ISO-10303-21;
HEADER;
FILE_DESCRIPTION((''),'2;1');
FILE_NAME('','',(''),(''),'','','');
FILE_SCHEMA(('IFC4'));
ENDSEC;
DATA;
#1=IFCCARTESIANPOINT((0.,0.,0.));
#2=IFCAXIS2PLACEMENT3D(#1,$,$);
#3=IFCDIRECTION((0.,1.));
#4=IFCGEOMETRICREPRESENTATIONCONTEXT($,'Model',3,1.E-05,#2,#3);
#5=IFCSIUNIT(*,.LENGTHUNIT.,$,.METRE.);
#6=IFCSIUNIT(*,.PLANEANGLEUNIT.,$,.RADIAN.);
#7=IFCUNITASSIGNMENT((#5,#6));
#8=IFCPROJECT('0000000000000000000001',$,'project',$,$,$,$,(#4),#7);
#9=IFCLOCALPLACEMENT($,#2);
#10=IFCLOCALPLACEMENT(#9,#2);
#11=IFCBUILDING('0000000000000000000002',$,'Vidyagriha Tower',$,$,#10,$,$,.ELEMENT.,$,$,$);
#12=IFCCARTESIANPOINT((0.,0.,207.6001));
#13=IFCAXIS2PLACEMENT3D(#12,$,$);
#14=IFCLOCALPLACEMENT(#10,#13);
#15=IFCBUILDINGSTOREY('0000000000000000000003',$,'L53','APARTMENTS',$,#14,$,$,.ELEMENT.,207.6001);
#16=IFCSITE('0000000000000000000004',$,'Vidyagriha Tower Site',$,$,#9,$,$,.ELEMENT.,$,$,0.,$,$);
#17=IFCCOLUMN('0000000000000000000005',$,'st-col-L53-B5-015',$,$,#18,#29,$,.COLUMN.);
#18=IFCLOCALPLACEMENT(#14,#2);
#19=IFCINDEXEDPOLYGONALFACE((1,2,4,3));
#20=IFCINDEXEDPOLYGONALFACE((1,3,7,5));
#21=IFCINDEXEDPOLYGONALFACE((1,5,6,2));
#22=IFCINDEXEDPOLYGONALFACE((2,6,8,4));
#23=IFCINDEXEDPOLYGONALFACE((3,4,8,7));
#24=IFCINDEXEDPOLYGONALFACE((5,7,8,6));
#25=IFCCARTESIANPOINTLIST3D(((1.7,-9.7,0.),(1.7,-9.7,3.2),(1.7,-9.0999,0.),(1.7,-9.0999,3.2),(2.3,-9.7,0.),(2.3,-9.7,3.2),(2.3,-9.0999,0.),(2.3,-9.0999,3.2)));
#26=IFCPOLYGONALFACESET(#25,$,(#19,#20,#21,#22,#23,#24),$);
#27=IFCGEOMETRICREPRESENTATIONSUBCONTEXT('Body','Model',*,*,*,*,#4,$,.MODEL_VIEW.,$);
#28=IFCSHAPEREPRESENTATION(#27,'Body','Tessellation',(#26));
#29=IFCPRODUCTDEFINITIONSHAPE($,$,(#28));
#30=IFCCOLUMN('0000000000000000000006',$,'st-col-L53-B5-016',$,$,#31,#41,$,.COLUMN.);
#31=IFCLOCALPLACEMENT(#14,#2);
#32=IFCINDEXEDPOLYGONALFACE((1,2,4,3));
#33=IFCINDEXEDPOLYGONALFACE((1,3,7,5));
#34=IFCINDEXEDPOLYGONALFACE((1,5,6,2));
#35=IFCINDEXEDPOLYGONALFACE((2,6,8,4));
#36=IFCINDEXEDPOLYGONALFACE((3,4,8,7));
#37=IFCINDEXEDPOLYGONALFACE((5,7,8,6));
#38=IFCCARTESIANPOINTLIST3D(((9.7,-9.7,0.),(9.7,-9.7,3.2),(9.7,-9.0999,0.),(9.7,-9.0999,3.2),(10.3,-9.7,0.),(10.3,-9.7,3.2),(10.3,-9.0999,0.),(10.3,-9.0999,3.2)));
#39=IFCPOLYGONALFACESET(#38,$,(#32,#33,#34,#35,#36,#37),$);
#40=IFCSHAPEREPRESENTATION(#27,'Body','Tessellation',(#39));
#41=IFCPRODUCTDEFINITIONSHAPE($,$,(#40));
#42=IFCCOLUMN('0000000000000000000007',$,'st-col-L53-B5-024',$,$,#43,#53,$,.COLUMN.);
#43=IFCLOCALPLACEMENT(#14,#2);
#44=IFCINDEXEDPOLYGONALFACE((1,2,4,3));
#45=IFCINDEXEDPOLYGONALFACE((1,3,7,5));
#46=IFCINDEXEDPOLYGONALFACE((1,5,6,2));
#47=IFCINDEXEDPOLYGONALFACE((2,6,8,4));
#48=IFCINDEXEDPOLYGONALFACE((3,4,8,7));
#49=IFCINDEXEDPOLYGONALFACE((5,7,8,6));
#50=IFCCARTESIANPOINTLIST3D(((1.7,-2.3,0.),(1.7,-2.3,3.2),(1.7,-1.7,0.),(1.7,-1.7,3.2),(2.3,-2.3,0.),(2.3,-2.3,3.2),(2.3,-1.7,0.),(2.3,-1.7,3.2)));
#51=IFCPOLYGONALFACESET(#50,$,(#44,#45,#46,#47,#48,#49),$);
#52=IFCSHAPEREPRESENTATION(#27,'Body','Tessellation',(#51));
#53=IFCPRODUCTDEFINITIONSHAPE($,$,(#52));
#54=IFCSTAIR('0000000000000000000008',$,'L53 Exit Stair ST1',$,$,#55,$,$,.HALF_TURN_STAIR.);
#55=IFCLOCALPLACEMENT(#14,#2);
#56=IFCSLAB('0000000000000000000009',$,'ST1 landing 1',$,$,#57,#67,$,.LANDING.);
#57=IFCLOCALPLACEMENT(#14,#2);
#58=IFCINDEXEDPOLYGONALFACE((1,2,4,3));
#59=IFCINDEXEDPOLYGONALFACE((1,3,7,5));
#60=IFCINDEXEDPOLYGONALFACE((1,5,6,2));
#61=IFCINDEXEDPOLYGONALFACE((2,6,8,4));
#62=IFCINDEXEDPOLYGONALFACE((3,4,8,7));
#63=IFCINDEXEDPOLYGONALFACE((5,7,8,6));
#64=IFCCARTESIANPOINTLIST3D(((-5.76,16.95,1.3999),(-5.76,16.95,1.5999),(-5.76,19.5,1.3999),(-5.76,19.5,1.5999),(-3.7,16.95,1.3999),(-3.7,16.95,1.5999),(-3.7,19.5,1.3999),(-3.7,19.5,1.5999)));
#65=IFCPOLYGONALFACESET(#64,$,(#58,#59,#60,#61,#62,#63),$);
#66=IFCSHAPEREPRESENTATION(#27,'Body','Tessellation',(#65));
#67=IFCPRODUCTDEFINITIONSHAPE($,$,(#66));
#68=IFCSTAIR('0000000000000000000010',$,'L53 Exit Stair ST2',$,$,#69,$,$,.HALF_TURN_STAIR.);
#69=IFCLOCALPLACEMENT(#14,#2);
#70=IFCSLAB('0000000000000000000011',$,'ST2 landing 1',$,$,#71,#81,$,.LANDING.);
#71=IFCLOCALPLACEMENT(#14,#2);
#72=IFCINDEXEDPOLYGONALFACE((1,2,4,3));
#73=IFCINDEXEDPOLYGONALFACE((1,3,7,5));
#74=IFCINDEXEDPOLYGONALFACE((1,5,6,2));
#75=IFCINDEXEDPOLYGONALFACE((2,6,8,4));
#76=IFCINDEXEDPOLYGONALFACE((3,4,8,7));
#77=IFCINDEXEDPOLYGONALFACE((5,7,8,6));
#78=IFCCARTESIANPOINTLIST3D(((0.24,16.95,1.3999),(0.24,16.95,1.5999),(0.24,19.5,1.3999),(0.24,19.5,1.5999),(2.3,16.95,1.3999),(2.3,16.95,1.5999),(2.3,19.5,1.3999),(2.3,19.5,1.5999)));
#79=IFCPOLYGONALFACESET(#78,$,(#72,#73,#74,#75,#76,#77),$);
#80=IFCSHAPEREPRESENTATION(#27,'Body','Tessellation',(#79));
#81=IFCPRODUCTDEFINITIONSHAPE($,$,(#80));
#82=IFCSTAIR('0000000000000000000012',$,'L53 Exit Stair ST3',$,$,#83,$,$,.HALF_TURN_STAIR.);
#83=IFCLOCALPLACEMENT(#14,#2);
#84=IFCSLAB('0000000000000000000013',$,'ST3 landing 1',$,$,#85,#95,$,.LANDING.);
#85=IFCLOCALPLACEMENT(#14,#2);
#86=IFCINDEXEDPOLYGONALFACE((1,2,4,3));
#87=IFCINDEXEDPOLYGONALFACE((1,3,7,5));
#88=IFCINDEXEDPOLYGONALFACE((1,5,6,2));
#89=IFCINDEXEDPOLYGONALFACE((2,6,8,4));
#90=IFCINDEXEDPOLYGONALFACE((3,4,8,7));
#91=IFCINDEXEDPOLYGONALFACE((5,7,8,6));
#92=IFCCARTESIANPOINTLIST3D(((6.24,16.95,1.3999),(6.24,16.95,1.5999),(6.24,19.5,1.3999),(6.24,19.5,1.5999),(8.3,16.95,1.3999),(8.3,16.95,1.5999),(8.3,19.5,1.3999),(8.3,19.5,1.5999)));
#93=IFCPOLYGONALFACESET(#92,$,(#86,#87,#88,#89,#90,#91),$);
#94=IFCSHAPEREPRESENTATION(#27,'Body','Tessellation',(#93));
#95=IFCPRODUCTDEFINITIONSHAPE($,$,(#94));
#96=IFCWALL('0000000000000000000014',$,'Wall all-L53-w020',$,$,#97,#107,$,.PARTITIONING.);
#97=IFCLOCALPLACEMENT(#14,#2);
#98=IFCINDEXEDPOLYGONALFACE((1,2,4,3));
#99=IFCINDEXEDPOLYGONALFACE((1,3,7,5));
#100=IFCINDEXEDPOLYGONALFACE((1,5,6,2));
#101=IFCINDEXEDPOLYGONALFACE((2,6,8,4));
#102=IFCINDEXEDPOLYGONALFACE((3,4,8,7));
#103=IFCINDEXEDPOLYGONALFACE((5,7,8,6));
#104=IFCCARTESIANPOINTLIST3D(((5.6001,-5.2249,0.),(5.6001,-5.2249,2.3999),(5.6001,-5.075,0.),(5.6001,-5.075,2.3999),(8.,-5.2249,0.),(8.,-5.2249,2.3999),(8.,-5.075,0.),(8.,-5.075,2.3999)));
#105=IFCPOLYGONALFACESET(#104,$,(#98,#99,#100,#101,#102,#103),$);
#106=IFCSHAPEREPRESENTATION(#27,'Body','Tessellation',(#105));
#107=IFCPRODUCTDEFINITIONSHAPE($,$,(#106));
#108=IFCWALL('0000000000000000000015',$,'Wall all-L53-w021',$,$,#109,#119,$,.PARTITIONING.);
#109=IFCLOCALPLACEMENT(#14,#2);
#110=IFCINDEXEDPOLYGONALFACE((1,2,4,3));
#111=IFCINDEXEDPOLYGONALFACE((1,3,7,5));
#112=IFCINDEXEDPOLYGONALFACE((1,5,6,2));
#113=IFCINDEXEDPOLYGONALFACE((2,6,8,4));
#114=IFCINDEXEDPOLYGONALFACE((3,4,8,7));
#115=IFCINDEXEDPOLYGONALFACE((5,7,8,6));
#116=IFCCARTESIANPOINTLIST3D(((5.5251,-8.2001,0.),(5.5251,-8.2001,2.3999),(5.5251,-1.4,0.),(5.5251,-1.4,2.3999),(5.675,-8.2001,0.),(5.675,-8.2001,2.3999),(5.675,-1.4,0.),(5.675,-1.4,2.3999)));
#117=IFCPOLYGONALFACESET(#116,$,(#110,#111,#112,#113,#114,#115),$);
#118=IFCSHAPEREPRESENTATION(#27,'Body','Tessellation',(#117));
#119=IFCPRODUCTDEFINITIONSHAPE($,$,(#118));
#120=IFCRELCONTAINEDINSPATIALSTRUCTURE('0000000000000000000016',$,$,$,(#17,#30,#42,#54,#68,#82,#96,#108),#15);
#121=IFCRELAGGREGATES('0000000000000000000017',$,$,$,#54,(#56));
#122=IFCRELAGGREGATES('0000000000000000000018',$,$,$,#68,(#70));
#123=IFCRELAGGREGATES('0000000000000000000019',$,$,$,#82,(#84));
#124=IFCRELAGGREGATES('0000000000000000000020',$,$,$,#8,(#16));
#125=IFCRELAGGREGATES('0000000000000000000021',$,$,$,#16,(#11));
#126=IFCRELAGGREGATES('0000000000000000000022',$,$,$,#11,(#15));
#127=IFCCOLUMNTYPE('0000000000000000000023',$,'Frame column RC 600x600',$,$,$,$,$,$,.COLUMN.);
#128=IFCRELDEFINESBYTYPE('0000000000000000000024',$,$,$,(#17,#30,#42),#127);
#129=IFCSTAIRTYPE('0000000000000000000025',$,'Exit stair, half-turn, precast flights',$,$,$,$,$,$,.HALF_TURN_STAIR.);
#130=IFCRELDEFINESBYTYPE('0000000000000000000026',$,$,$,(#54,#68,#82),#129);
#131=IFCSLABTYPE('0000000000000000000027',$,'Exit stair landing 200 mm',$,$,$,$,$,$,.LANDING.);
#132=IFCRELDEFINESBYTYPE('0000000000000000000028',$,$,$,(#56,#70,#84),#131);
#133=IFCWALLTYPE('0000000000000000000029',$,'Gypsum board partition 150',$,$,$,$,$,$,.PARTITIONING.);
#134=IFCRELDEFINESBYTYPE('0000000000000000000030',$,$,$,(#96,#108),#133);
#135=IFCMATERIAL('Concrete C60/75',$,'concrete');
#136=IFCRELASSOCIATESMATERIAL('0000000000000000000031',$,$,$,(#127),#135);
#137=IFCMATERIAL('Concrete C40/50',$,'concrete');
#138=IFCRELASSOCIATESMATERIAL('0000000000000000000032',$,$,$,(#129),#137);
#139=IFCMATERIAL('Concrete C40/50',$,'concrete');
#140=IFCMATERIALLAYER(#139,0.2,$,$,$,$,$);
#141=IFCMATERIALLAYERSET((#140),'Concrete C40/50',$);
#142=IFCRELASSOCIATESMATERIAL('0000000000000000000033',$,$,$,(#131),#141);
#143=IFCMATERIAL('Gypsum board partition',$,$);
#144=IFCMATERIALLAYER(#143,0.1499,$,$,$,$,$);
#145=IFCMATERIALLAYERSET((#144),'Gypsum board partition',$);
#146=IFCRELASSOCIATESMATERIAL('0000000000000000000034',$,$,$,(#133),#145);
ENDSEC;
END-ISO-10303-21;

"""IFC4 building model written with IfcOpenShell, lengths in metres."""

from ifc_helpers import new_model, si_unit, direction, frame, frame_2d, origin, origin_2d, place, context, subcontext, project, spatial, polyline, rectangle, outline, extrude, material, layer, layer_set, material_profile, profile_set, type_object, element, aggregate, save


model = new_model("IFC4")

# Units and contexts
model_context = context("Model", 3, precision=1e-05, world=origin(), true_north=direction((0.0, 1.0)))
body_context = subcontext(model_context, "Body", "Model", "MODEL_VIEW")
ifc_project = project(units=[si_unit("LENGTHUNIT", "METRE"), si_unit("PLANEANGLEUNIT", "RADIAN")], contexts=[model_context])

# Site, building, storey
site_placement = place(None, origin())
site = spatial("IfcSite", under=ifc_project, at=site_placement, Name="Vidyagriha Tower Site", CompositionType="ELEMENT", RefElevation=0.0)
building_placement = place(site_placement, origin())
building = spatial("IfcBuilding", under=site, at=building_placement, Name="Vidyagriha Tower", CompositionType="ELEMENT")
storey_placement = place(building_placement, frame((0.0, 0.0, 207.6001)))
storey = spatial("IfcBuildingStorey", under=building, at=storey_placement, Name="L53", Description="APARTMENTS", CompositionType="ELEMENT", Elevation=207.6001)

# Columns
ifc_material_1 = material(Name="Concrete C60/75", Category="concrete")
ifc_material_profile = material_profile(ifc_material_1, rectangle(XDim=0.6001, YDim=0.6001, at=origin_2d()), Name="RC 600x600")
ifc_profile_set = profile_set([ifc_material_profile], Name="Concrete C60/75")
column_type = type_object("IfcColumnType", Name="Frame column RC 600x600", PredefinedType="COLUMN", material=ifc_profile_set)
for number, where, name in (
    (1, (2.0, -9.3999, 0.0), "st-col-L53-B5-015"),
    (2, (10.0, -9.3999, 0.0), "st-col-L53-B5-016"),
    (3, (2.0, -2.0, 0.0), "st-col-L53-B5-024"),
):
    element("IfcColumn", number, at=place(storey_placement, frame(where)), inside=storey, type_object=column_type, Name=name, PredefinedType="COLUMN", context=body_context, shape_type="SweptSolid", body=[
        extrude(rectangle(XDim=0.6001, YDim=0.6001, at=origin_2d()), origin(), (0.0, 0.0, 1.0), 3.2),
    ])

# Stairs, slabs
ifc_material_2 = material(Name="Concrete C40/50", Category="concrete")
stair_type = type_object("IfcStairType", Name="Exit stair, half-turn, precast flights", PredefinedType="HALF_TURN_STAIR", material=ifc_material_2)
stair_1_placement = place(storey_placement, origin())
stair_1 = element("IfcStair", 4, at=stair_1_placement, inside=storey, type_object=stair_type, Name="L53 Exit Stair ST1", PredefinedType="HALF_TURN_STAIR")
ifc_material_3 = material(Name="Concrete C40/50", Category="concrete")
ifc_layer_1 = layer(ifc_material_3, 0.2)
ifc_layer_set_1 = layer_set([ifc_layer_1], Name="Concrete C40/50")
slab_type = type_object("IfcSlabType", Name="Exit stair landing 200 mm", PredefinedType="LANDING", material=ifc_layer_set_1)
slab_1_placement = place(storey_placement, frame((0.0, 0.0, 1.3999)))
slab_1 = element("IfcSlab", 5, at=slab_1_placement, type_object=slab_type, Name="ST1 landing 1", PredefinedType="LANDING", context=body_context, shape_type="SweptSolid", body=[
    extrude(outline(polyline([(-5.76, 16.95), (-3.7, 16.95), (-3.7, 19.5), (-5.76, 19.5), (-5.76, 16.95)])), origin(), (0.0, 0.0, 1.0), 0.2),
])
aggregate(stair_1, [slab_1])
stair_2_placement = place(storey_placement, origin())
stair_2 = element("IfcStair", 6, at=stair_2_placement, inside=storey, type_object=stair_type, Name="L53 Exit Stair ST2", PredefinedType="HALF_TURN_STAIR")
slab_2_placement = place(storey_placement, frame((0.0, 0.0, 1.3999)))
slab_2 = element("IfcSlab", 7, at=slab_2_placement, type_object=slab_type, Name="ST2 landing 1", PredefinedType="LANDING", context=body_context, shape_type="SweptSolid", body=[
    extrude(outline(polyline([(0.24, 16.95), (2.3, 16.95), (2.3, 19.5), (0.24, 19.5), (0.24, 16.95)])), origin(), (0.0, 0.0, 1.0), 0.2),
])
aggregate(stair_2, [slab_2])
stair_3_placement = place(storey_placement, origin())
stair_3 = element("IfcStair", 8, at=stair_3_placement, inside=storey, type_object=stair_type, Name="L53 Exit Stair ST3", PredefinedType="HALF_TURN_STAIR")
slab_3_placement = place(storey_placement, frame((0.0, 0.0, 1.3999)))
slab_3 = element("IfcSlab", 9, at=slab_3_placement, type_object=slab_type, Name="ST3 landing 1", PredefinedType="LANDING", context=body_context, shape_type="SweptSolid", body=[
    extrude(outline(polyline([(6.24, 16.95), (8.3, 16.95), (8.3, 19.5), (6.24, 19.5), (6.24, 16.95)])), origin(), (0.0, 0.0, 1.0), 0.2),
])
aggregate(stair_3, [slab_3])

# Walls
ifc_material_4 = material(Name="Gypsum board partition")
ifc_layer_2 = layer(ifc_material_4, 0.1499)
ifc_layer_set_2 = layer_set([ifc_layer_2], Name="Gypsum board partition")
wall_type_1 = type_object("IfcWallType", Name="Gypsum board partition 150", PredefinedType="PARTITIONING", material=ifc_layer_set_2)
wall_1_placement = place(storey_placement, frame((8.0, -5.1499, 0.0), z_axis=(0.0, 0.0, 1.0), x_axis=(-1.0, 0.0, 0.0)))
element("IfcWall", 10, at=wall_1_placement, inside=storey, type_object=wall_type_1, Name="Wall all-L53-w020", PredefinedType="PARTITIONING", context=body_context, shape_type="SweptSolid", body=[
    extrude(rectangle(XDim=2.3999, YDim=0.1499, at=frame_2d((1.2, 0.0))), origin(), (0.0, 0.0, 1.0), 2.3999),
])
wall_2_placement = place(storey_placement, frame((5.6001, -8.2, 0.0), z_axis=(0.0, 0.0, 1.0), x_axis=(0.0, 1.0, 0.0)))
element("IfcWall", 11, at=wall_2_placement, inside=storey, type_object=wall_type_1, Name="Wall all-L53-w021", PredefinedType="PARTITIONING", context=body_context, shape_type="SweptSolid", body=[
    extrude(rectangle(XDim=6.8, YDim=0.1499, at=frame_2d((3.3999, 0.0))), origin(), (0.0, 0.0, 1.0), 2.3999),
])

save(model, "model.ifc")
